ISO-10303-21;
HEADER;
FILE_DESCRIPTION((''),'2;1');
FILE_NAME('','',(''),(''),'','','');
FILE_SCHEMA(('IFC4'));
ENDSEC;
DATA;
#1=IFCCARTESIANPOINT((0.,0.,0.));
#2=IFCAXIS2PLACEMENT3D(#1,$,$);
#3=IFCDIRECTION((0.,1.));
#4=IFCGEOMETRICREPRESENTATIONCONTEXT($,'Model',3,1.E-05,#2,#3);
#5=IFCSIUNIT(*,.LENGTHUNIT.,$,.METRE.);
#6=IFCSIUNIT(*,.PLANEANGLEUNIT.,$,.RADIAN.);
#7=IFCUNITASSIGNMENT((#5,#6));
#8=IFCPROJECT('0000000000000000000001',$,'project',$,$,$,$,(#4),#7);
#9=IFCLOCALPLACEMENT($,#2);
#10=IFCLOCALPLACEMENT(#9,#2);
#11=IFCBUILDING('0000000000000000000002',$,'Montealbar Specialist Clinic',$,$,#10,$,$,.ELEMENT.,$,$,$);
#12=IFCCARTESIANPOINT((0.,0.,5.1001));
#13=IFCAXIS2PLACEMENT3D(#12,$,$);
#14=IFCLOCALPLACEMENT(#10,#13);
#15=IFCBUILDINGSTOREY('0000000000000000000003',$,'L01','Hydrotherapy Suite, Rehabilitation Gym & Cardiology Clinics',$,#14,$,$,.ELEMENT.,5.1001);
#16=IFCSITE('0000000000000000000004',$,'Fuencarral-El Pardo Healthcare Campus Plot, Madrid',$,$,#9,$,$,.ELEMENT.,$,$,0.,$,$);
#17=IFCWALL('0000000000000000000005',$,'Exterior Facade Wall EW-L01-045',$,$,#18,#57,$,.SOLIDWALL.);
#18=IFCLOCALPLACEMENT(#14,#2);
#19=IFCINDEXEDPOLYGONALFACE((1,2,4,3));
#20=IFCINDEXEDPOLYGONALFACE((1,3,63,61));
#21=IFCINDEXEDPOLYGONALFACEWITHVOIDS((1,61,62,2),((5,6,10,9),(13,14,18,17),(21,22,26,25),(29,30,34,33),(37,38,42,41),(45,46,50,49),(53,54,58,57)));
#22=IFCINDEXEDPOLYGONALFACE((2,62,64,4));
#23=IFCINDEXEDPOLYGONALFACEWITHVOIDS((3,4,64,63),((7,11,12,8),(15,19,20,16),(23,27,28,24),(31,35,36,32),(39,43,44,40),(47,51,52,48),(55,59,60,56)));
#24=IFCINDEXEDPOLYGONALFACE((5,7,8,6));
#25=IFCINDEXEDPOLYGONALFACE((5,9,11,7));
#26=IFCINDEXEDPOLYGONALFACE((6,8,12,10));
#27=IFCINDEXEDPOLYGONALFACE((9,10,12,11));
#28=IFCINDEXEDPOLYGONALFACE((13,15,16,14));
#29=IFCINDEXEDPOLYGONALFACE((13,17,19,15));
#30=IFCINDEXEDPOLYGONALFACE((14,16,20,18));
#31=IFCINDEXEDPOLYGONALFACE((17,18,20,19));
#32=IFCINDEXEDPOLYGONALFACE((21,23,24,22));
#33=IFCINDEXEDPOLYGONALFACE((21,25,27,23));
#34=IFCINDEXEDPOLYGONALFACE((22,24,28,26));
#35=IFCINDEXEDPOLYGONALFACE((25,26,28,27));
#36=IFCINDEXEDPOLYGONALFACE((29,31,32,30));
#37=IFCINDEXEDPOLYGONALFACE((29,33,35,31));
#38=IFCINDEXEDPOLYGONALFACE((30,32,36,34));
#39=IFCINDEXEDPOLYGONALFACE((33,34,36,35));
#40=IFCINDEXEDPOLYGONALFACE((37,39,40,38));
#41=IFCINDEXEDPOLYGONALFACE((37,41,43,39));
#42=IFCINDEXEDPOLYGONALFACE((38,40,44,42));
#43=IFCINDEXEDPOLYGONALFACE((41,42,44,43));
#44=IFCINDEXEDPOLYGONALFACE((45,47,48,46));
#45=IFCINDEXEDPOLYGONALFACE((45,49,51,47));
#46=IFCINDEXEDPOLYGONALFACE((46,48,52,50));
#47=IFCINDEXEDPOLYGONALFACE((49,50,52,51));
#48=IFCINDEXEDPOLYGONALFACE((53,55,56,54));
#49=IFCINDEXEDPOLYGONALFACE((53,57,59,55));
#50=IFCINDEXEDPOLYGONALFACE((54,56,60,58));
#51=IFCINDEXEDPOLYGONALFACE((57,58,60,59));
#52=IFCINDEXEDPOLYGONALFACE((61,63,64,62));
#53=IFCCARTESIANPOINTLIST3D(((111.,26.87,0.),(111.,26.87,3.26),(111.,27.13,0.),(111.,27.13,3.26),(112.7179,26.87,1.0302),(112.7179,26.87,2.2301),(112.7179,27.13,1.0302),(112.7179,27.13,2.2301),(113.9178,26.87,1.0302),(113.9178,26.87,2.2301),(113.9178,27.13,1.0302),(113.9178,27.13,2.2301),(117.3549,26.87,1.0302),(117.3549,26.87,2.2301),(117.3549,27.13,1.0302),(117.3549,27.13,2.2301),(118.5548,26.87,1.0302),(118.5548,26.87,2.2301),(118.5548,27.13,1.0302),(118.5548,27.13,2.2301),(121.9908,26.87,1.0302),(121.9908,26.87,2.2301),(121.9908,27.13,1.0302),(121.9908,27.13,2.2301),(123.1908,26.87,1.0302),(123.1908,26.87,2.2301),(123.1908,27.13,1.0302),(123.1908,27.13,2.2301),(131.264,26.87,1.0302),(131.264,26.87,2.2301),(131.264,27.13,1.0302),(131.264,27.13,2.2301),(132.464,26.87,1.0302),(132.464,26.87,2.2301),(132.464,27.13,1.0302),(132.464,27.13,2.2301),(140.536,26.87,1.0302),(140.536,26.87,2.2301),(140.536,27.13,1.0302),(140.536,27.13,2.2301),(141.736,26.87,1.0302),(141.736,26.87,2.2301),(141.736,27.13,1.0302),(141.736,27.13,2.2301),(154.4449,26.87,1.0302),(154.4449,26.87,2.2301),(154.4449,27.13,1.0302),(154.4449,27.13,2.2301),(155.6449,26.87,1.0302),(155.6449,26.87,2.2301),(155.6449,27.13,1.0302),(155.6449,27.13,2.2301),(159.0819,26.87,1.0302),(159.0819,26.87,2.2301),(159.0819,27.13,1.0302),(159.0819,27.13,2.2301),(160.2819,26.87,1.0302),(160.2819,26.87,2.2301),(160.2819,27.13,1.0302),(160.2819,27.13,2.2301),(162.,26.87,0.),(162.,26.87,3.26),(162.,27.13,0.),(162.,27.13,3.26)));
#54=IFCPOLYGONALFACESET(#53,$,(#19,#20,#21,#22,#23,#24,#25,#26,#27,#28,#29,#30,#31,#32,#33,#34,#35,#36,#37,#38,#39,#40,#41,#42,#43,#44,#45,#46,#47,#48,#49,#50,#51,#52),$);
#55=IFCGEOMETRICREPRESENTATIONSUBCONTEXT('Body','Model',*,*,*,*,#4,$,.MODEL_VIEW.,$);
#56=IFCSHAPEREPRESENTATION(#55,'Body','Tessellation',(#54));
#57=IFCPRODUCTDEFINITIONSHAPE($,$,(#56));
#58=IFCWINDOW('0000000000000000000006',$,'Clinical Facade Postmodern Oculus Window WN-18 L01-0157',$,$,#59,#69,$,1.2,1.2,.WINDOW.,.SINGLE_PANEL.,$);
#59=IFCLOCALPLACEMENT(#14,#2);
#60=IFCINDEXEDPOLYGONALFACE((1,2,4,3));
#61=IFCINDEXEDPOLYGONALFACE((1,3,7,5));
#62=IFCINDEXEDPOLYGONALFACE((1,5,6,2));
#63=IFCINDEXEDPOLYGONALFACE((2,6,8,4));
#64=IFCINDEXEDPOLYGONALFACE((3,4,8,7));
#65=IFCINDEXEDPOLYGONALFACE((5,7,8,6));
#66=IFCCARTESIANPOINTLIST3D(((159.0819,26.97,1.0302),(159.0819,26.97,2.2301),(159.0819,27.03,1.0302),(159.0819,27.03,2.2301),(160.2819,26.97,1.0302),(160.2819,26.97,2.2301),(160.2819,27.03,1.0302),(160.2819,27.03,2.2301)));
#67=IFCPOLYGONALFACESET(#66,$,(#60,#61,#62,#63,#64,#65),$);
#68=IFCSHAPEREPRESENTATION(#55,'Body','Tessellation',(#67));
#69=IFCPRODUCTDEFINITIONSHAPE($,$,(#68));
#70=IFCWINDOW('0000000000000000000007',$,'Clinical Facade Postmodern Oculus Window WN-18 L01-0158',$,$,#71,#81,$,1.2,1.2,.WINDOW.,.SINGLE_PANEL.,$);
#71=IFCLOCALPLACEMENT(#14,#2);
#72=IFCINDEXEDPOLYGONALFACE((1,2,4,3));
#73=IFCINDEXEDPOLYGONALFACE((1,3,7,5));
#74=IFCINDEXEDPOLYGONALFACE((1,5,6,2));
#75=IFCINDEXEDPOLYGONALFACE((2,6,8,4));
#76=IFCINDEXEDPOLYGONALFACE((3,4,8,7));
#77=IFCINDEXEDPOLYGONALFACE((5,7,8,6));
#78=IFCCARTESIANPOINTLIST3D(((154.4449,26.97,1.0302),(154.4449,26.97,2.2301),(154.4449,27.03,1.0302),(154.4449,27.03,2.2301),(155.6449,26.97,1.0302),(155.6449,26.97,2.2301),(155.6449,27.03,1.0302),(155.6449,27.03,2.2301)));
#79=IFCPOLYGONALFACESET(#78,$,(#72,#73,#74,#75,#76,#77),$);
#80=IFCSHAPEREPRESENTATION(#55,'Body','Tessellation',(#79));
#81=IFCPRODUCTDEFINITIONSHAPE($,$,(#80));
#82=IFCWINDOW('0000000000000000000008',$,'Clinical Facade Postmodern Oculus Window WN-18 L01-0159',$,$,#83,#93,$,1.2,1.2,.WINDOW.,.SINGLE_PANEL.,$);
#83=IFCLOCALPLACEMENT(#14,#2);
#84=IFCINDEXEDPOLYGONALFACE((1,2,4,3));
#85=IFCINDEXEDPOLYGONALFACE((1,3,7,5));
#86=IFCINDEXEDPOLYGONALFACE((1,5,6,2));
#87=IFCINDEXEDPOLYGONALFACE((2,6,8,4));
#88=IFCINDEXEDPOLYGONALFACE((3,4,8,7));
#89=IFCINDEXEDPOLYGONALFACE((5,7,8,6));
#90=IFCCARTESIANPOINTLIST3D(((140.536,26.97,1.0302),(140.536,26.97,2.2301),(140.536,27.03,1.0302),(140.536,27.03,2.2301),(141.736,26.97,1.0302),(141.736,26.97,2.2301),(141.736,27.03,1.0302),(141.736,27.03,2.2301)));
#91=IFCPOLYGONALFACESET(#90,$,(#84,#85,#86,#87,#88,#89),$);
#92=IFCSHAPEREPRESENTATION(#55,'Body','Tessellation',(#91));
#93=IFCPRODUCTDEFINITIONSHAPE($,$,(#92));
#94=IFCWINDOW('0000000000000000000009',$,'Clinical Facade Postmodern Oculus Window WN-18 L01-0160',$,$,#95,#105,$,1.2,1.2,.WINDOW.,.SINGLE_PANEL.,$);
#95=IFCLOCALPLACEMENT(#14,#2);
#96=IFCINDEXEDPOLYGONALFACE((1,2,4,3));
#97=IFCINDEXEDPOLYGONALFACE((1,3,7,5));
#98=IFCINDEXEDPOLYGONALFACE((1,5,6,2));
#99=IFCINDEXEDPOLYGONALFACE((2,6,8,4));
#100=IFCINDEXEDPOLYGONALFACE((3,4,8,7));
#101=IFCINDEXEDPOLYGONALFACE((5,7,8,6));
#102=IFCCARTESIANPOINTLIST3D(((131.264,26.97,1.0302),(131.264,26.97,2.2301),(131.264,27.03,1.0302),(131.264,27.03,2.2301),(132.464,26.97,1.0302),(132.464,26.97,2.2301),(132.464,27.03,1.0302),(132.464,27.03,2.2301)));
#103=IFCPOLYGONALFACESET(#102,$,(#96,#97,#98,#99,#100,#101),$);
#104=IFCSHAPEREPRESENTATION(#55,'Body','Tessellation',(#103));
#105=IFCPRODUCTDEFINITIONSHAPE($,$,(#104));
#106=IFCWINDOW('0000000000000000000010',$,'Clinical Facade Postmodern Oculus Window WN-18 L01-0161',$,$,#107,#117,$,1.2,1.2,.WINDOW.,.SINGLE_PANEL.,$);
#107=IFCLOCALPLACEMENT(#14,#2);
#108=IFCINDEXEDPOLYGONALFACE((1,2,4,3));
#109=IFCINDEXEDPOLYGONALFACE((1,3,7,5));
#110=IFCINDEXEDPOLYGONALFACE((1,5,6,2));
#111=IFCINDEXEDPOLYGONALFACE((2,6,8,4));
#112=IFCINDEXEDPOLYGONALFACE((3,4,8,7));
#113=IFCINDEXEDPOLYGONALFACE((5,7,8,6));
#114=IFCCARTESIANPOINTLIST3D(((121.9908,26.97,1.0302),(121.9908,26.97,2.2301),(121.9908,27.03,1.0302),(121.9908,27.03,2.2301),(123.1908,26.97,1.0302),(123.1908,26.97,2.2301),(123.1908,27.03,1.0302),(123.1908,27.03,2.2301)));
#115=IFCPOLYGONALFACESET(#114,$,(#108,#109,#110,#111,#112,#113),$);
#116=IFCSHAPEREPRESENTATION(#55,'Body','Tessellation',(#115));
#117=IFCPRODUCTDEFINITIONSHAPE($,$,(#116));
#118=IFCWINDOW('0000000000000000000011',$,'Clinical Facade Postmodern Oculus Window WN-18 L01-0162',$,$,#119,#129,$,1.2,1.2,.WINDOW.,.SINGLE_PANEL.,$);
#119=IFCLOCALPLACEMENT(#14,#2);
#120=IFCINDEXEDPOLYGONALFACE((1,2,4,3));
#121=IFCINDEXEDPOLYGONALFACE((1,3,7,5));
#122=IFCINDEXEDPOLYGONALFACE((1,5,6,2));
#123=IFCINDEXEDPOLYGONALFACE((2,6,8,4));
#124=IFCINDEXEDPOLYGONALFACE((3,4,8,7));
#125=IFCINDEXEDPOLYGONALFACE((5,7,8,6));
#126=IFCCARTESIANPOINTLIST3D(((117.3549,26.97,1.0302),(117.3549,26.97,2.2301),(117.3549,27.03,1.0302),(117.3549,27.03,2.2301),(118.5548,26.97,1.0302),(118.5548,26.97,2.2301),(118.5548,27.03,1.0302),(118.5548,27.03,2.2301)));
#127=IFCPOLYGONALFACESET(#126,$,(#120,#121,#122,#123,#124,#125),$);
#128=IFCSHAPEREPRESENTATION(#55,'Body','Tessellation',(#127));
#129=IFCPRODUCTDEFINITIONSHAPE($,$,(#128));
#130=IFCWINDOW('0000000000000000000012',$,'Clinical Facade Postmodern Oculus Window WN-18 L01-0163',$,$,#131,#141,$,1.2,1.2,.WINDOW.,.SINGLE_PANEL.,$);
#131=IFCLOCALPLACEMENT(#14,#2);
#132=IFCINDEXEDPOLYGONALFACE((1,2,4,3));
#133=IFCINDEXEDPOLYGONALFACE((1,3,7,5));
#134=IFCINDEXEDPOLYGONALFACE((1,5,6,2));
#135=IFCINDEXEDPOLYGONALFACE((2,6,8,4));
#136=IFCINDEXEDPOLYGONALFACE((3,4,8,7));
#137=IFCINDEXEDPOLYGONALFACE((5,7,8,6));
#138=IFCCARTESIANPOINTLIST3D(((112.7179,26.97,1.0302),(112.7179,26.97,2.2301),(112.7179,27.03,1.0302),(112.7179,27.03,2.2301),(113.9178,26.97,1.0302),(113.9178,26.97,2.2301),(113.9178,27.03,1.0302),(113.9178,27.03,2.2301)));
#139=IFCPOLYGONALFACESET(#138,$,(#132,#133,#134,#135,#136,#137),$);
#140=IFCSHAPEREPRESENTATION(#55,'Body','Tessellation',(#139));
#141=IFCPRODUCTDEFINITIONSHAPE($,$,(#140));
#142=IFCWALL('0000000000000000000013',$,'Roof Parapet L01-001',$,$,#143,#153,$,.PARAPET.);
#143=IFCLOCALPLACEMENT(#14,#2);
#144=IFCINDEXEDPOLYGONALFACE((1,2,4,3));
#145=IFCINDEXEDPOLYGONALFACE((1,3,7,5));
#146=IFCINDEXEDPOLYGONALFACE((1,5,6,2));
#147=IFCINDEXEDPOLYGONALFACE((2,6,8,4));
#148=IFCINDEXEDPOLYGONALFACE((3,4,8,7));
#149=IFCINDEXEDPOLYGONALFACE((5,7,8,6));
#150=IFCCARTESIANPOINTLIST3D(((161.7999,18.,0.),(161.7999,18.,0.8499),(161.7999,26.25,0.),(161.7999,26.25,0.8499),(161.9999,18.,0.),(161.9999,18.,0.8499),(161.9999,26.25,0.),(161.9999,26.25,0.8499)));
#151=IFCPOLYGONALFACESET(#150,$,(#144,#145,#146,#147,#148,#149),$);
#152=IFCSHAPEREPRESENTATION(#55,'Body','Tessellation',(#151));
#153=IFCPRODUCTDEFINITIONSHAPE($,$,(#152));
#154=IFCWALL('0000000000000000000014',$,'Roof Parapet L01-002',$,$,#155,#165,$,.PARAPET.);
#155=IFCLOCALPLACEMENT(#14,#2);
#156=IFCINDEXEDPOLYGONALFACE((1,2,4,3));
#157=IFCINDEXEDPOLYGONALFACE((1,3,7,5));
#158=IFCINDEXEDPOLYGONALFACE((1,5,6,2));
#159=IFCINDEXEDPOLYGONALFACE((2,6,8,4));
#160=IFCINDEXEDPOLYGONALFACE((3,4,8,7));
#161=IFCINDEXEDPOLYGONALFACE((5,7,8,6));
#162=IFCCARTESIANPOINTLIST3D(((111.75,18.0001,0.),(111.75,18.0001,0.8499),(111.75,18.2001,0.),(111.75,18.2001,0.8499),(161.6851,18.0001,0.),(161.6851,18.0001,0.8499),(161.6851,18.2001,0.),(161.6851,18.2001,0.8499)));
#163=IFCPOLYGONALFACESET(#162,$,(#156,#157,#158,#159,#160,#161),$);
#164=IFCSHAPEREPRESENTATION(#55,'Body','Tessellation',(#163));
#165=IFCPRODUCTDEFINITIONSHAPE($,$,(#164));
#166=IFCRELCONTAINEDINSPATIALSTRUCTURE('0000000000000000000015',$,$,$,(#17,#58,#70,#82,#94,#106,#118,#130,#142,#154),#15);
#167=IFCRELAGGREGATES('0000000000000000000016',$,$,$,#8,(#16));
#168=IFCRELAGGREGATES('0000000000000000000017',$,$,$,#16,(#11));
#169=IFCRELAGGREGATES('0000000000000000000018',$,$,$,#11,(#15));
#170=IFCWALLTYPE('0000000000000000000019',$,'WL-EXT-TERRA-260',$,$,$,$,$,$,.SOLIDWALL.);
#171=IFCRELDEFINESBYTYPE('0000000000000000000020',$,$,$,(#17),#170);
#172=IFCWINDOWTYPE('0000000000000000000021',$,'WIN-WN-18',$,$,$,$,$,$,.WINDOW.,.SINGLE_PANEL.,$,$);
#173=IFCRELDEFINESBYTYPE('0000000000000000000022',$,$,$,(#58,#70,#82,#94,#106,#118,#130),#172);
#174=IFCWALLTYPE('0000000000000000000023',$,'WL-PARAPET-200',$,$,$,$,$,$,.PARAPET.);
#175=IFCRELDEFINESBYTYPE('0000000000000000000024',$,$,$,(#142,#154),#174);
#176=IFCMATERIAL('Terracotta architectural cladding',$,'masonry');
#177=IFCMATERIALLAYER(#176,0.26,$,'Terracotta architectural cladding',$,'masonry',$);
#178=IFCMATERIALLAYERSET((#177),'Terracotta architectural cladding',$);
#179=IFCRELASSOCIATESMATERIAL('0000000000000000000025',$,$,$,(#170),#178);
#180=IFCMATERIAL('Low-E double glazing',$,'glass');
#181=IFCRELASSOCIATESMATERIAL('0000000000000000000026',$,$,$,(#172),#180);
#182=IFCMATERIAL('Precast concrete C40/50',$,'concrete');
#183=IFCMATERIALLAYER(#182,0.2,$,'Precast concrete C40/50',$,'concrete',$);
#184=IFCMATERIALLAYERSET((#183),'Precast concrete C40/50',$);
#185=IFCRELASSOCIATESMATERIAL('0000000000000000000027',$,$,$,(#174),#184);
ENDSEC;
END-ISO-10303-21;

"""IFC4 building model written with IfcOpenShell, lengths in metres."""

from ifc_helpers import new_model, si_unit, direction, frame, frame_2d, origin, place, context, subcontext, project, spatial, rectangle, extrude, material, layer, layer_set, type_object, element, fill, save


model = new_model("IFC4")

# Units and contexts
model_context = context("Model", 3, precision=1e-05, world=origin(), true_north=direction((0.0, 1.0)))
body_context = subcontext(model_context, "Body", "Model", "MODEL_VIEW")
ifc_project = project(units=[si_unit("LENGTHUNIT", "METRE"), si_unit("PLANEANGLEUNIT", "RADIAN")], contexts=[model_context])

# Site, building, storey
site_placement = place(None, origin())
site = spatial("IfcSite", under=ifc_project, at=site_placement, Name="Fuencarral-El Pardo Healthcare Campus Plot, Madrid", CompositionType="ELEMENT", RefElevation=0.0)
building_placement = place(site_placement, origin())
building = spatial("IfcBuilding", under=site, at=building_placement, Name="Montealbar Specialist Clinic", CompositionType="ELEMENT")
storey_placement = place(building_placement, frame((0.0, 0.0, 5.1001)))
storey = spatial("IfcBuildingStorey", under=building, at=storey_placement, Name="L01", Description="Hydrotherapy Suite, Rehabilitation Gym & Cardiology Clinics", CompositionType="ELEMENT", Elevation=5.1001)

# Shared definitions
ifc_material_1 = material(Name="Precast concrete C40/50", Category="concrete")

# Wall, openings, windows
ifc_material_2 = material(Name="Terracotta architectural cladding", Category="masonry")
ifc_layer_1 = layer(ifc_material_2, 0.26, Name="Terracotta architectural cladding", Category="masonry")
ifc_layer_set_1 = layer_set([ifc_layer_1], Name="Terracotta architectural cladding")
wall_type_1 = type_object("IfcWallType", Name="WL-EXT-TERRA-260", PredefinedType="SOLIDWALL", material=ifc_layer_set_1)
wall_1_placement = place(storey_placement, frame((162.0, 27.0, 0.0), z_axis=(0.0, 0.0, 1.0), x_axis=(-1.0, 0.0, 0.0)))
wall_1 = element("IfcWall", 1, at=wall_1_placement, inside=storey, type_object=wall_type_1, Name="Exterior Facade Wall EW-L01-045", PredefinedType="SOLIDWALL", context=body_context, shape_type="SweptSolid", body=[
    extrude(rectangle(XDim=51.0, YDim=0.26, at=frame_2d((25.5, 0.0))), origin(), (0.0, 0.0, 1.0), 3.26),
])
opening_1_placement = place(wall_1_placement, frame((1.718, 0.0, 1.03)))
opening_1 = element("IfcOpeningElement", 2, at=opening_1_placement, cuts=wall_1, PredefinedType="OPENING", context=body_context, shape_type="SweptSolid", body=[
    extrude(rectangle(XDim=1.2, YDim=1.2, at=frame_2d((0.6001, 0.6001))), frame((0.0, 0.1399, 0.0), z_axis=(0.0, -1.0, 0.0), x_axis=(1.0, 0.0, 0.0)), (0.0, 0.0, 1.0), 0.28),
])
opening_2_placement = place(wall_1_placement, frame((6.355, 0.0, 1.03)))
opening_2 = element("IfcOpeningElement", 3, at=opening_2_placement, cuts=wall_1, PredefinedType="OPENING", context=body_context, shape_type="SweptSolid", body=[
    extrude(rectangle(XDim=1.2, YDim=1.2, at=frame_2d((0.6001, 0.6001))), frame((0.0, 0.1399, 0.0), z_axis=(0.0, -1.0, 0.0), x_axis=(1.0, 0.0, 0.0)), (0.0, 0.0, 1.0), 0.28),
])
opening_3_placement = place(wall_1_placement, frame((20.2639, 0.0, 1.03)))
opening_3 = element("IfcOpeningElement", 4, at=opening_3_placement, cuts=wall_1, PredefinedType="OPENING", context=body_context, shape_type="SweptSolid", body=[
    extrude(rectangle(XDim=1.2, YDim=1.2, at=frame_2d((0.6001, 0.6001))), frame((0.0, 0.1399, 0.0), z_axis=(0.0, -1.0, 0.0), x_axis=(1.0, 0.0, 0.0)), (0.0, 0.0, 1.0), 0.28),
])
opening_4_placement = place(wall_1_placement, frame((29.5359, 0.0, 1.03)))
opening_4 = element("IfcOpeningElement", 5, at=opening_4_placement, cuts=wall_1, PredefinedType="OPENING", context=body_context, shape_type="SweptSolid", body=[
    extrude(rectangle(XDim=1.2, YDim=1.2, at=frame_2d((0.6001, 0.6001))), frame((0.0, 0.1399, 0.0), z_axis=(0.0, -1.0, 0.0), x_axis=(1.0, 0.0, 0.0)), (0.0, 0.0, 1.0), 0.28),
])
opening_5_placement = place(wall_1_placement, frame((38.8091, 0.0, 1.03)))
opening_5 = element("IfcOpeningElement", 6, at=opening_5_placement, cuts=wall_1, PredefinedType="OPENING", context=body_context, shape_type="SweptSolid", body=[
    extrude(rectangle(XDim=1.2, YDim=1.2, at=frame_2d((0.6001, 0.6001))), frame((0.0, 0.1399, 0.0), z_axis=(0.0, -1.0, 0.0), x_axis=(1.0, 0.0, 0.0)), (0.0, 0.0, 1.0), 0.28),
])
opening_6_placement = place(wall_1_placement, frame((43.4451, 0.0, 1.03)))
opening_6 = element("IfcOpeningElement", 7, at=opening_6_placement, cuts=wall_1, PredefinedType="OPENING", context=body_context, shape_type="SweptSolid", body=[
    extrude(rectangle(XDim=1.2, YDim=1.2, at=frame_2d((0.6001, 0.6001))), frame((0.0, 0.1399, 0.0), z_axis=(0.0, -1.0, 0.0), x_axis=(1.0, 0.0, 0.0)), (0.0, 0.0, 1.0), 0.28),
])
opening_7_placement = place(wall_1_placement, frame((48.082, 0.0, 1.03)))
opening_7 = element("IfcOpeningElement", 8, at=opening_7_placement, cuts=wall_1, PredefinedType="OPENING", context=body_context, shape_type="SweptSolid", body=[
    extrude(rectangle(XDim=1.2, YDim=1.2, at=frame_2d((0.6001, 0.6001))), frame((0.0, 0.1399, 0.0), z_axis=(0.0, -1.0, 0.0), x_axis=(1.0, 0.0, 0.0)), (0.0, 0.0, 1.0), 0.28),
])
ifc_material_3 = material(Name="Low-E double glazing", Category="glass")
window_type = type_object("IfcWindowType", Name="WIN-WN-18", PartitioningType="SINGLE_PANEL", PredefinedType="WINDOW", material=ifc_material_3)
window_1_placement = place(opening_1_placement, origin())
window_1 = element("IfcWindow", 9, at=window_1_placement, inside=storey, type_object=window_type, Name="Clinical Facade Postmodern Oculus Window WN-18 L01-0157", OverallHeight=1.2, OverallWidth=1.2, PartitioningType="SINGLE_PANEL", PredefinedType="WINDOW", context=body_context, shape_type="SweptSolid", body=[
    extrude(rectangle(XDim=1.2, YDim=1.2, at=frame_2d((0.6001, 0.6001))), frame((0.0, 0.03, 0.0), z_axis=(0.0, -1.0, 0.0), x_axis=(1.0, 0.0, 0.0)), (0.0, 0.0, 1.0), 0.0601),
])
fill(opening_1, window_1)
window_2_placement = place(opening_2_placement, origin())
window_2 = element("IfcWindow", 10, at=window_2_placement, inside=storey, type_object=window_type, Name="Clinical Facade Postmodern Oculus Window WN-18 L01-0158", OverallHeight=1.2, OverallWidth=1.2, PartitioningType="SINGLE_PANEL", PredefinedType="WINDOW", context=body_context, shape_type="SweptSolid", body=[
    extrude(rectangle(XDim=1.2, YDim=1.2, at=frame_2d((0.6001, 0.6001))), frame((0.0, 0.03, 0.0), z_axis=(0.0, -1.0, 0.0), x_axis=(1.0, 0.0, 0.0)), (0.0, 0.0, 1.0), 0.0601),
])
fill(opening_2, window_2)
window_3_placement = place(opening_3_placement, origin())
window_3 = element("IfcWindow", 11, at=window_3_placement, inside=storey, type_object=window_type, Name="Clinical Facade Postmodern Oculus Window WN-18 L01-0159", OverallHeight=1.2, OverallWidth=1.2, PartitioningType="SINGLE_PANEL", PredefinedType="WINDOW", context=body_context, shape_type="SweptSolid", body=[
    extrude(rectangle(XDim=1.2, YDim=1.2, at=frame_2d((0.6001, 0.6001))), frame((0.0, 0.03, 0.0), z_axis=(0.0, -1.0, 0.0), x_axis=(1.0, 0.0, 0.0)), (0.0, 0.0, 1.0), 0.0601),
])
fill(opening_3, window_3)
window_4_placement = place(opening_4_placement, origin())
window_4 = element("IfcWindow", 12, at=window_4_placement, inside=storey, type_object=window_type, Name="Clinical Facade Postmodern Oculus Window WN-18 L01-0160", OverallHeight=1.2, OverallWidth=1.2, PartitioningType="SINGLE_PANEL", PredefinedType="WINDOW", context=body_context, shape_type="SweptSolid", body=[
    extrude(rectangle(XDim=1.2, YDim=1.2, at=frame_2d((0.6001, 0.6001))), frame((0.0, 0.03, 0.0), z_axis=(0.0, -1.0, 0.0), x_axis=(1.0, 0.0, 0.0)), (0.0, 0.0, 1.0), 0.0601),
])
fill(opening_4, window_4)
window_5_placement = place(opening_5_placement, origin())
window_5 = element("IfcWindow", 13, at=window_5_placement, inside=storey, type_object=window_type, Name="Clinical Facade Postmodern Oculus Window WN-18 L01-0161", OverallHeight=1.2, OverallWidth=1.2, PartitioningType="SINGLE_PANEL", PredefinedType="WINDOW", context=body_context, shape_type="SweptSolid", body=[
    extrude(rectangle(XDim=1.2, YDim=1.2, at=frame_2d((0.6001, 0.6001))), frame((0.0, 0.03, 0.0), z_axis=(0.0, -1.0, 0.0), x_axis=(1.0, 0.0, 0.0)), (0.0, 0.0, 1.0), 0.0601),
])
fill(opening_5, window_5)
window_6_placement = place(opening_6_placement, origin())
window_6 = element("IfcWindow", 14, at=window_6_placement, inside=storey, type_object=window_type, Name="Clinical Facade Postmodern Oculus Window WN-18 L01-0162", OverallHeight=1.2, OverallWidth=1.2, PartitioningType="SINGLE_PANEL", PredefinedType="WINDOW", context=body_context, shape_type="SweptSolid", body=[
    extrude(rectangle(XDim=1.2, YDim=1.2, at=frame_2d((0.6001, 0.6001))), frame((0.0, 0.03, 0.0), z_axis=(0.0, -1.0, 0.0), x_axis=(1.0, 0.0, 0.0)), (0.0, 0.0, 1.0), 0.0601),
])
fill(opening_6, window_6)
window_7_placement = place(opening_7_placement, origin())
window_7 = element("IfcWindow", 15, at=window_7_placement, inside=storey, type_object=window_type, Name="Clinical Facade Postmodern Oculus Window WN-18 L01-0163", OverallHeight=1.2, OverallWidth=1.2, PartitioningType="SINGLE_PANEL", PredefinedType="WINDOW", context=body_context, shape_type="SweptSolid", body=[
    extrude(rectangle(XDim=1.2, YDim=1.2, at=frame_2d((0.6001, 0.6001))), frame((0.0, 0.03, 0.0), z_axis=(0.0, -1.0, 0.0), x_axis=(1.0, 0.0, 0.0)), (0.0, 0.0, 1.0), 0.0601),
])
fill(opening_7, window_7)

# Walls
ifc_layer_2 = layer(ifc_material_1, 0.2, Name="Precast concrete C40/50", Category="concrete")
ifc_layer_set_2 = layer_set([ifc_layer_2], Name="Precast concrete C40/50")
wall_type_2 = type_object("IfcWallType", Name="WL-PARAPET-200", PredefinedType="PARAPET", material=ifc_layer_set_2)
wall_2_placement = place(storey_placement, frame((161.8999, 26.25, 0.0), z_axis=(0.0, 0.0, 1.0), x_axis=(0.0, -1.0, 0.0)))
element("IfcWall", 16, at=wall_2_placement, inside=storey, type_object=wall_type_2, Name="Roof Parapet L01-001", PredefinedType="PARAPET", context=body_context, shape_type="SweptSolid", body=[
    extrude(rectangle(XDim=8.25, YDim=0.2, at=frame_2d((4.125, 0.0))), origin(), (0.0, 0.0, 1.0), 0.8499),
])
wall_3_placement = place(storey_placement, frame((161.6851, 18.1001, 0.0), z_axis=(0.0, 0.0, 1.0), x_axis=(-1.0, 0.0, 0.0)))
element("IfcWall", 17, at=wall_3_placement, inside=storey, type_object=wall_type_2, Name="Roof Parapet L01-002", PredefinedType="PARAPET", context=body_context, shape_type="SweptSolid", body=[
    extrude(rectangle(XDim=49.9351, YDim=0.2, at=frame_2d((24.9675, 0.0))), origin(), (0.0, 0.0, 1.0), 0.8499),
])

save(model, "model.ifc")
